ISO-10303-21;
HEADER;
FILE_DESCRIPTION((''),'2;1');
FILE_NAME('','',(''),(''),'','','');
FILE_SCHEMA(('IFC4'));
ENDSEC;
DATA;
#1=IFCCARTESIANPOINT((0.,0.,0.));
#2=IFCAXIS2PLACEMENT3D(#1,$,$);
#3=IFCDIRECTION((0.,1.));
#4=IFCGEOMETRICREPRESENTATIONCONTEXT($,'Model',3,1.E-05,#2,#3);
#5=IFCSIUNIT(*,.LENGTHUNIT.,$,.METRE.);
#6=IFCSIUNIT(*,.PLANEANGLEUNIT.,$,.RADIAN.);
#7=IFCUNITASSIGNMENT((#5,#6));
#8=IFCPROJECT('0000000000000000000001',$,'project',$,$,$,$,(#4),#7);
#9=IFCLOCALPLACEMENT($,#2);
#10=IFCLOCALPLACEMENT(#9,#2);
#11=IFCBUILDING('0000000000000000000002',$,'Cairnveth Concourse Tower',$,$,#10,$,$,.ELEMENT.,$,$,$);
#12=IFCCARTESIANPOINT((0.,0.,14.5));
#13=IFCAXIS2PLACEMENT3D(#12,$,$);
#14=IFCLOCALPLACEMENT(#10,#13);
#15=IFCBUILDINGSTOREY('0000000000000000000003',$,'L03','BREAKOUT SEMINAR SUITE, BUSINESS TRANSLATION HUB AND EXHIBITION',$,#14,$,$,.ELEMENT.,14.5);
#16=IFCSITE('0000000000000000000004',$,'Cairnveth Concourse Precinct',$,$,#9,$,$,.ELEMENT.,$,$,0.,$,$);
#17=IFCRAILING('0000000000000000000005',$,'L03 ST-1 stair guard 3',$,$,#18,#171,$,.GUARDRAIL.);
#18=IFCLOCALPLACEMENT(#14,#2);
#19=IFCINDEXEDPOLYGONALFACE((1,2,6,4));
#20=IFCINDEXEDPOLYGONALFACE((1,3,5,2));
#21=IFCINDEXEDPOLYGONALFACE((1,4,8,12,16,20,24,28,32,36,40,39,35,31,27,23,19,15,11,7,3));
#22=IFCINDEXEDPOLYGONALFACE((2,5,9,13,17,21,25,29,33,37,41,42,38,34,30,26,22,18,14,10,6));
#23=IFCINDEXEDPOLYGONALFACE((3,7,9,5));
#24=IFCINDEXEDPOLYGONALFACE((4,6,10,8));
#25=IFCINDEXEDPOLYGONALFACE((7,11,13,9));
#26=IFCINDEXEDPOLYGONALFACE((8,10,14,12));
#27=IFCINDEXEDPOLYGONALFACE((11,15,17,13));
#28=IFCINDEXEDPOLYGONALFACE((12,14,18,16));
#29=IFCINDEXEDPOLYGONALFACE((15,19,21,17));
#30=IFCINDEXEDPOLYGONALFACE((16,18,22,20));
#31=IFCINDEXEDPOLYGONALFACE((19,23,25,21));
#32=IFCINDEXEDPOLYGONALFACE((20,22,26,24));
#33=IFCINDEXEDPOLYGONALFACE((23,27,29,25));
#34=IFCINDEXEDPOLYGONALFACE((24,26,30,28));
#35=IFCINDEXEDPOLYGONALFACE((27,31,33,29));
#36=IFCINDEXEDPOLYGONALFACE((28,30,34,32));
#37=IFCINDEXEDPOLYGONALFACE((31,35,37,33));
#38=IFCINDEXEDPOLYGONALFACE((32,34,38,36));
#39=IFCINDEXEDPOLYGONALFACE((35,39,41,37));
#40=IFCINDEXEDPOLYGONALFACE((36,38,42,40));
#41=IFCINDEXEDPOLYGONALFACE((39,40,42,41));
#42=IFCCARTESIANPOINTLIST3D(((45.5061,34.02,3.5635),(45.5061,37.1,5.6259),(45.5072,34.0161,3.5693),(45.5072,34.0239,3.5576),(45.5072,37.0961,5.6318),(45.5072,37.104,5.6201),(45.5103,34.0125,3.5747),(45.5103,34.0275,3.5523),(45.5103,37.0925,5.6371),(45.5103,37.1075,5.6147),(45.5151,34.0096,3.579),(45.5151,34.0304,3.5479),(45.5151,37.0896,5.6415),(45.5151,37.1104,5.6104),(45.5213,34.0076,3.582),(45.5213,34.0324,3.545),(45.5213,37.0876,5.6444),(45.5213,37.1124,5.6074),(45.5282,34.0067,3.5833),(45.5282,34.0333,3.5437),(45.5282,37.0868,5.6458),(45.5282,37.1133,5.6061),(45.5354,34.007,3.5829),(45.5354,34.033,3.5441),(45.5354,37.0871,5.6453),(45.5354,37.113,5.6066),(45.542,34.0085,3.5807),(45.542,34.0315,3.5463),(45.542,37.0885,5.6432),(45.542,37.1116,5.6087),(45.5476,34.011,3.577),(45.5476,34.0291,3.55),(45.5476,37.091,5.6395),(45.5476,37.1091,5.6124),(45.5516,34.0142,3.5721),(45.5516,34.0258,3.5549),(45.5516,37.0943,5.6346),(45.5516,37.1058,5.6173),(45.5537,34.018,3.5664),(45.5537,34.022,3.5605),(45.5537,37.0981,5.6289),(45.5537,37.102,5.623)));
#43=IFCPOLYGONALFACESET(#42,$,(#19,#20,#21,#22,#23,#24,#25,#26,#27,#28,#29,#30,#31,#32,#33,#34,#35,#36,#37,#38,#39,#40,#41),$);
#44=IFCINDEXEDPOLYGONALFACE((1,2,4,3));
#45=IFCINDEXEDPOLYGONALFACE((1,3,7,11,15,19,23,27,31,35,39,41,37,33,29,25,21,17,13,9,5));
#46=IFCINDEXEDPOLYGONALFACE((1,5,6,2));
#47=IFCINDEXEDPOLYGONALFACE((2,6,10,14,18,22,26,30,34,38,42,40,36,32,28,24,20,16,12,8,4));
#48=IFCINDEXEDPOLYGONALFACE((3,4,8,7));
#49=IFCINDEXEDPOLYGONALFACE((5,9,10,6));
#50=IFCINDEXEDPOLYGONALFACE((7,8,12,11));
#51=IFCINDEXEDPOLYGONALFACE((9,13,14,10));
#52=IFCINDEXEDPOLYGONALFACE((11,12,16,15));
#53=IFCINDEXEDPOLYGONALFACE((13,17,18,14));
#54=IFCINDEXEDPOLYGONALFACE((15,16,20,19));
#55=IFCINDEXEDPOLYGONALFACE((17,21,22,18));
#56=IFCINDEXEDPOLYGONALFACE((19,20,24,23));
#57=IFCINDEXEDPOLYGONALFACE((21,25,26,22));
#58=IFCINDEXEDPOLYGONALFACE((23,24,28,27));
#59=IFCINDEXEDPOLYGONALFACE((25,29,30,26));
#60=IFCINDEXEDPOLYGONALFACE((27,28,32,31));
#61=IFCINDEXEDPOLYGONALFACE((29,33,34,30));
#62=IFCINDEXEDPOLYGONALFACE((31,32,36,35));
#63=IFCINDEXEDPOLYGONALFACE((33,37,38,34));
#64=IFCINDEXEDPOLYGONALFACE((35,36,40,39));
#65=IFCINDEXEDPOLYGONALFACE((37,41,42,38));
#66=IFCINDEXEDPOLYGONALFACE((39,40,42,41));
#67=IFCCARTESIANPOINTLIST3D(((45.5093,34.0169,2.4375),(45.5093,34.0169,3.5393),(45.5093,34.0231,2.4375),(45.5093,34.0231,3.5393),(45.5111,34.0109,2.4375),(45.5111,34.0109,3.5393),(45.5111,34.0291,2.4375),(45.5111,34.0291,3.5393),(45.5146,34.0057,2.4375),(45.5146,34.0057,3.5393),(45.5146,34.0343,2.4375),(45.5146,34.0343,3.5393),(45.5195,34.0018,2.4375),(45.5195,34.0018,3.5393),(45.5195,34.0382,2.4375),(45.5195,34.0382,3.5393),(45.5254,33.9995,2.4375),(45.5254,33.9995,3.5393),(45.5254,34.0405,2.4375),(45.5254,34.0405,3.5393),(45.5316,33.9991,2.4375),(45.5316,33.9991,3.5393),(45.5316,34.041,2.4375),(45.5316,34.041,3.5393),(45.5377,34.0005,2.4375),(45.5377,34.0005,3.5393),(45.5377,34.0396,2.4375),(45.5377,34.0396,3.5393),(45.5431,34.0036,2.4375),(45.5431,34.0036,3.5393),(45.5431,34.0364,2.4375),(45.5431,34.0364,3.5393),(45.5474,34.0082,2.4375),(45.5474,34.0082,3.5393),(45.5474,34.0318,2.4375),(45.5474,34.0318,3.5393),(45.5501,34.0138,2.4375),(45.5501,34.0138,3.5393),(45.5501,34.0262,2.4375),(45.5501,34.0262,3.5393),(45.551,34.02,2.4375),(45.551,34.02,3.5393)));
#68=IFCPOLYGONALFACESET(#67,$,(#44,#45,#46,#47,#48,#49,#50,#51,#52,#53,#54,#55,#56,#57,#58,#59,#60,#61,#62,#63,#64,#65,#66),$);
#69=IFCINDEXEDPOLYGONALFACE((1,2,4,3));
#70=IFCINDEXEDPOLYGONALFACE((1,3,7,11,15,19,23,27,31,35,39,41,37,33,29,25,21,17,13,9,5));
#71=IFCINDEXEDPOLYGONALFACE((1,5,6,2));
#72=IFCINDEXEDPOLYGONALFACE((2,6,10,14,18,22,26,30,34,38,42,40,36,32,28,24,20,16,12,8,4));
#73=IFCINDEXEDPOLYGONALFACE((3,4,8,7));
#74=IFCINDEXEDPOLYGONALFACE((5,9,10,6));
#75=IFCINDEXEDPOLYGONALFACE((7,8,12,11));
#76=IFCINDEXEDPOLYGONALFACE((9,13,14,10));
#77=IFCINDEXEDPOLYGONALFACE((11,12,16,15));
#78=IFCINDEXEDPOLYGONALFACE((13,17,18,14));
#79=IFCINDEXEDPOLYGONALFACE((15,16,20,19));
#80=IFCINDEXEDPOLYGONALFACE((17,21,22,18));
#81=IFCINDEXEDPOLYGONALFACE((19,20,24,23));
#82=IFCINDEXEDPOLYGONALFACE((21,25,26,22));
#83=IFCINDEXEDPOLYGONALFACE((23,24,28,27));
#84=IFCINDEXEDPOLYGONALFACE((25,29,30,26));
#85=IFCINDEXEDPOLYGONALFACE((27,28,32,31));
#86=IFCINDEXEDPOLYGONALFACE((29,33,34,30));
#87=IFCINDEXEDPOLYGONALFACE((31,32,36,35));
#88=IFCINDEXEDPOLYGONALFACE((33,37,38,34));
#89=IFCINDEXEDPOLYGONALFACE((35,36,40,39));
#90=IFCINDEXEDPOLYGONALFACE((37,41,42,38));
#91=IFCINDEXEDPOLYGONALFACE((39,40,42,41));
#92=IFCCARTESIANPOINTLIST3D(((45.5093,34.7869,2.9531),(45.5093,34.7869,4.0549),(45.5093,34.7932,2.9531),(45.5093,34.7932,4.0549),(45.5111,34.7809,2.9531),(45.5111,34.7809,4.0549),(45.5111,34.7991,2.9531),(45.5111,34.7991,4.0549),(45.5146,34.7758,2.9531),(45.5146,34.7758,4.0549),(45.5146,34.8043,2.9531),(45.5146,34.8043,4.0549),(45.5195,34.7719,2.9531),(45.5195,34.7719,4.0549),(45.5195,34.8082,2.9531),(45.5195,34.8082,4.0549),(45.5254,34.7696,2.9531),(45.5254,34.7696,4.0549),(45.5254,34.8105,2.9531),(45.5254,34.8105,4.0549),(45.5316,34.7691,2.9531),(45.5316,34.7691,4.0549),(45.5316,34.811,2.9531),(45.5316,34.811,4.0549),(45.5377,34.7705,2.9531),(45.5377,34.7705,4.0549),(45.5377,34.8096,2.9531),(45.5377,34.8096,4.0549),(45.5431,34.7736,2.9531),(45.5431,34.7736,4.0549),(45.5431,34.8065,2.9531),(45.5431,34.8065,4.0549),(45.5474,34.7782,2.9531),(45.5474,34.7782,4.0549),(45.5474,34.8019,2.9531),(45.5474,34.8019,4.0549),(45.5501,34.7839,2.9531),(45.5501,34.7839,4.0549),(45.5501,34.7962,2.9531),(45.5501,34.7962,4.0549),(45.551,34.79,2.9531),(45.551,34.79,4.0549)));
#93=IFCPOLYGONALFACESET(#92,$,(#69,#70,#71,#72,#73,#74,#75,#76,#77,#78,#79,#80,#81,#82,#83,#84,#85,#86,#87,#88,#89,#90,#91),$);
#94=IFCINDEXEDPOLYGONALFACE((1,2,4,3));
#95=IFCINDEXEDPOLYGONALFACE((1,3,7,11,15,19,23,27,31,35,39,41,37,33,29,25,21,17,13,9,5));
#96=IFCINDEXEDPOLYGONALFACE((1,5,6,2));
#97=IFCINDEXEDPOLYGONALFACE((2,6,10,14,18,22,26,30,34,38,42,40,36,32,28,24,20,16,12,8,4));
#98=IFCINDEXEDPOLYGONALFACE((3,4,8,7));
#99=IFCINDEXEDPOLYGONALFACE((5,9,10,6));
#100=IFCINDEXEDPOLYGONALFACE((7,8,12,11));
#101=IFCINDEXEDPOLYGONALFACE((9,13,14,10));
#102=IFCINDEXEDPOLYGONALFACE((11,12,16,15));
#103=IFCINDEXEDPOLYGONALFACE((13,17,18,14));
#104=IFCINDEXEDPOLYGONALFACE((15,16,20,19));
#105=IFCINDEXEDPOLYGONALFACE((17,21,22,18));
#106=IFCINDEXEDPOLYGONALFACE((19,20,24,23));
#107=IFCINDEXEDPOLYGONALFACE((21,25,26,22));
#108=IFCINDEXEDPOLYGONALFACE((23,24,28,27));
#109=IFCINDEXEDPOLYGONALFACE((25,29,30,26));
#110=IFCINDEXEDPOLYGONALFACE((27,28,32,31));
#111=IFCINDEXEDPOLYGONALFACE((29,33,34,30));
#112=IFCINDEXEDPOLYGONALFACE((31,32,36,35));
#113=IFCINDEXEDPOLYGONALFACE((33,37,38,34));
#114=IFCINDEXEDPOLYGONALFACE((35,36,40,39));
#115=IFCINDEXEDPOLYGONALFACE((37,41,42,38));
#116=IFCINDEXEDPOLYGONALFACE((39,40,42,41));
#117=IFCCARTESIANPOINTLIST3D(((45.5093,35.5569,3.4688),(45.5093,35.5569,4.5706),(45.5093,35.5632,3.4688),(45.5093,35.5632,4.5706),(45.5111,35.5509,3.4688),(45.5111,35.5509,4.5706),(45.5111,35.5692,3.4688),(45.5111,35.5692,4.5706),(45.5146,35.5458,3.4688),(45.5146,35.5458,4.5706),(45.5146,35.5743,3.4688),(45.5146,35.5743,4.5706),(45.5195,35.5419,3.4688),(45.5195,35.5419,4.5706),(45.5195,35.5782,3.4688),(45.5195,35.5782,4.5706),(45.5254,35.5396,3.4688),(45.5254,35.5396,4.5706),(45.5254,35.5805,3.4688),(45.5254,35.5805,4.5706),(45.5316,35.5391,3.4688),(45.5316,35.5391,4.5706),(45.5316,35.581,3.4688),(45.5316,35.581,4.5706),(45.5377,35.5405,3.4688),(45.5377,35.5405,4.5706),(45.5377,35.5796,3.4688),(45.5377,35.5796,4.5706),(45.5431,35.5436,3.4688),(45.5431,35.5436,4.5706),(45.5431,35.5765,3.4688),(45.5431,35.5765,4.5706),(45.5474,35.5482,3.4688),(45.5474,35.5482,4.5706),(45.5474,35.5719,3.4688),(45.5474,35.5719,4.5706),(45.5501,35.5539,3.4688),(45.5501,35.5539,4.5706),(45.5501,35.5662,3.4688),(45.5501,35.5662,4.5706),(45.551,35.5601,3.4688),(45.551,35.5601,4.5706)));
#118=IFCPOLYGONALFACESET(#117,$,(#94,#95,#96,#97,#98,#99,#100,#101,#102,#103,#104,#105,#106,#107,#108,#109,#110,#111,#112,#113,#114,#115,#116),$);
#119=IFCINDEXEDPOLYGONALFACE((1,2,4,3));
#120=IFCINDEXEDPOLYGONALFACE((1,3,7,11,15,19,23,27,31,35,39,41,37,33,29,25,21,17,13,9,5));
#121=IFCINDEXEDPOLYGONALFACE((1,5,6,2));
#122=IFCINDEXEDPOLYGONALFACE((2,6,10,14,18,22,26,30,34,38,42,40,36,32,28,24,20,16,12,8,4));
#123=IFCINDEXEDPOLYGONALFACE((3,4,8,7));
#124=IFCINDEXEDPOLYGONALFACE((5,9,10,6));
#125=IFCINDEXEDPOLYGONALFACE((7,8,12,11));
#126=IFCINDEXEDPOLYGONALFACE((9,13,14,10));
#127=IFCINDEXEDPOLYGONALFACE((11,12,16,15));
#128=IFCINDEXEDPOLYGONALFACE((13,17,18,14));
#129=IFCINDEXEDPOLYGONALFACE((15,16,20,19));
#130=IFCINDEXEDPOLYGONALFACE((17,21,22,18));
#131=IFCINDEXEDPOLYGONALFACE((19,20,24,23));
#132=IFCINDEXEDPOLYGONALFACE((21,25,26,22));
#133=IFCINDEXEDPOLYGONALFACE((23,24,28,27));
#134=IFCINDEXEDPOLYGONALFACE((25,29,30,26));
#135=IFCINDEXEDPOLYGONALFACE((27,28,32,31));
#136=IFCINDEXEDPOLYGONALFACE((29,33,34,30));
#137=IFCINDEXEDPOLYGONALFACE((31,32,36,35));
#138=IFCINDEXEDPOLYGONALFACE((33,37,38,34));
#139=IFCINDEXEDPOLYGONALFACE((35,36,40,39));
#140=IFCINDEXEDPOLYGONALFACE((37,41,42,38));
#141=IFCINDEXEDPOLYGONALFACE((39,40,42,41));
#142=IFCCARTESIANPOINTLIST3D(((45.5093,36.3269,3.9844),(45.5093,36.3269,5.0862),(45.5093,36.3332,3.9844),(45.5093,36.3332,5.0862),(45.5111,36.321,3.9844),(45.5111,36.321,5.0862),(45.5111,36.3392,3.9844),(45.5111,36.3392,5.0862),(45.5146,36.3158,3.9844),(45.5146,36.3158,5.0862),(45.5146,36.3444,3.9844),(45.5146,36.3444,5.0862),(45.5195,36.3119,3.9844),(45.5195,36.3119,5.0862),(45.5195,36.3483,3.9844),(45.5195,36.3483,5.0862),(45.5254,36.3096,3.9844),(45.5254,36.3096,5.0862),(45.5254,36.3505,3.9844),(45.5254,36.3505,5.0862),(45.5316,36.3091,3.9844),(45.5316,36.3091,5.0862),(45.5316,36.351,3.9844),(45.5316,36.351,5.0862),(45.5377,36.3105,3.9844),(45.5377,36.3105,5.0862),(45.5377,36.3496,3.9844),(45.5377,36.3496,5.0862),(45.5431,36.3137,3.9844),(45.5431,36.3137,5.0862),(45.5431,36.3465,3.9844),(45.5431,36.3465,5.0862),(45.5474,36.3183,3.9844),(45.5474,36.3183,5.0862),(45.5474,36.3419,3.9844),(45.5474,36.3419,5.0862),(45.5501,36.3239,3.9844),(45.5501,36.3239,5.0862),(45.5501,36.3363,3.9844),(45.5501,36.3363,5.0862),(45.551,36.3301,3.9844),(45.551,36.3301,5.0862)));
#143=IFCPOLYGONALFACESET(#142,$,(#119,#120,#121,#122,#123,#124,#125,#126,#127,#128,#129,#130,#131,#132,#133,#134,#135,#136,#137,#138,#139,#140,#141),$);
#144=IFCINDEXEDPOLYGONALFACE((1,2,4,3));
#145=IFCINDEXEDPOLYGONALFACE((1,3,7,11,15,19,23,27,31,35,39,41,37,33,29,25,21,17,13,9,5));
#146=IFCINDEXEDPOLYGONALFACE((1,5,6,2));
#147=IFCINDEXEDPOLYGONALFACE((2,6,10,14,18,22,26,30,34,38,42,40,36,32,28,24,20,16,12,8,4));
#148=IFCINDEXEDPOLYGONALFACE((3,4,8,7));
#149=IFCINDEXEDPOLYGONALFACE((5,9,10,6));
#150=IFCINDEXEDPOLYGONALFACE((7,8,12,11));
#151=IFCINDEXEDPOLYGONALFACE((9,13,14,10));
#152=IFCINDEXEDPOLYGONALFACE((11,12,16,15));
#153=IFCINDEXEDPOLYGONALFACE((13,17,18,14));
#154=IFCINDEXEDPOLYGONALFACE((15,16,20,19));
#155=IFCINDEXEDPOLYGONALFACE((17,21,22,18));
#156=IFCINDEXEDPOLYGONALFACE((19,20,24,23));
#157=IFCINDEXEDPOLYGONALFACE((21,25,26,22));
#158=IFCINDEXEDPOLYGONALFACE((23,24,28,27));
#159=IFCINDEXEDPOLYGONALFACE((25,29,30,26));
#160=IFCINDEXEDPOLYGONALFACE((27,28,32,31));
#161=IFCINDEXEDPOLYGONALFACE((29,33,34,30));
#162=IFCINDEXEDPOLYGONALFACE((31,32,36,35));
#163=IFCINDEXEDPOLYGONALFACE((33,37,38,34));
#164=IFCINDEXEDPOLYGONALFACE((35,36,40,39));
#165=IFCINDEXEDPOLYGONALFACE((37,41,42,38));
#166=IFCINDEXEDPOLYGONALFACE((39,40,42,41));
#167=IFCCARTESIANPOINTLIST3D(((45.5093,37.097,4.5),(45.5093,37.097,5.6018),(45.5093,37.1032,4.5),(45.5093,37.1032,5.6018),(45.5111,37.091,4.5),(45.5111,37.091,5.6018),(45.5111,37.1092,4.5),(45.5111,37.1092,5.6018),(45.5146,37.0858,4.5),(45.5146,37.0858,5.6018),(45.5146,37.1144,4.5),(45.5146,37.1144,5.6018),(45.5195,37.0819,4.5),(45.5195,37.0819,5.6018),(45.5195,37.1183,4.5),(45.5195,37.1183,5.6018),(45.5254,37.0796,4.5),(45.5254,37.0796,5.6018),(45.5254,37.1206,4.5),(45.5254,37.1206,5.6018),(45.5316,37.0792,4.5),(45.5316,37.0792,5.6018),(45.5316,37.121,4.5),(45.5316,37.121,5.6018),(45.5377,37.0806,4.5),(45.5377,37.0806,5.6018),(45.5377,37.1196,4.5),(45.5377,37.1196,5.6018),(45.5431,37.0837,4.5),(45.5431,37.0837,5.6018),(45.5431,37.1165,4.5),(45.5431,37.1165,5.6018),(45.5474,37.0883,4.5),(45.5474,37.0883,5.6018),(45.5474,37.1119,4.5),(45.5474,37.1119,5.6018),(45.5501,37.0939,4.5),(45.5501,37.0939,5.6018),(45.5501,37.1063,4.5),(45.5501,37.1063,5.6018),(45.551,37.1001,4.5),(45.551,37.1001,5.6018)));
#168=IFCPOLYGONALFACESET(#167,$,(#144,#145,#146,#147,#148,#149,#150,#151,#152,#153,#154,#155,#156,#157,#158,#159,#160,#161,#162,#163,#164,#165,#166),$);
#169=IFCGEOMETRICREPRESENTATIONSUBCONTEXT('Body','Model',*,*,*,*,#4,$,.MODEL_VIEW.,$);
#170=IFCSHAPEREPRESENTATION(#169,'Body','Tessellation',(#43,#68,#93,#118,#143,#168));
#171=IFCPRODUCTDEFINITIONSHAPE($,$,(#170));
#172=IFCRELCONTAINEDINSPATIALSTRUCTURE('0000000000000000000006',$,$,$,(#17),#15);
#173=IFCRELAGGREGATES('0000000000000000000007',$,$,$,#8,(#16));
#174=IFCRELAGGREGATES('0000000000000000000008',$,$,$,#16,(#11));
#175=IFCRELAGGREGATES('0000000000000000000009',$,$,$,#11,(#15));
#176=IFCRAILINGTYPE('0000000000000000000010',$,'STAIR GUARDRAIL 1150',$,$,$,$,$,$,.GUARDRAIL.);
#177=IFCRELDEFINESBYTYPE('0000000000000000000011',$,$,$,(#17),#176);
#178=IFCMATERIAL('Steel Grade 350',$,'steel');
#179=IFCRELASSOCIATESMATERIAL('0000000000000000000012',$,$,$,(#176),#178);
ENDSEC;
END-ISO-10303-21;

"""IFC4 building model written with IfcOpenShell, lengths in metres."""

from ifc_helpers import new_model, si_unit, direction, frame, origin, origin_2d, place, context, subcontext, project, spatial, circle, extrude, material, type_object, element, save


model = new_model("IFC4")

# Units and contexts
model_context = context("Model", 3, precision=1e-05, world=origin(), true_north=direction((0.0, 1.0)))
body_context = subcontext(model_context, "Body", "Model", "MODEL_VIEW")
ifc_project = project(units=[si_unit("LENGTHUNIT", "METRE"), si_unit("PLANEANGLEUNIT", "RADIAN")], contexts=[model_context])

# Site, building, storey
site_placement = place(None, origin())
site = spatial("IfcSite", under=ifc_project, at=site_placement, Name="Cairnveth Concourse Precinct", CompositionType="ELEMENT", RefElevation=0.0)
building_placement = place(site_placement, origin())
building = spatial("IfcBuilding", under=site, at=building_placement, Name="Cairnveth Concourse Tower", CompositionType="ELEMENT")
storey_placement = place(building_placement, frame((0.0, 0.0, 14.5)))
storey = spatial("IfcBuildingStorey", under=building, at=storey_placement, Name="L03", Description="BREAKOUT SEMINAR SUITE, BUSINESS TRANSLATION HUB AND EXHIBITION", CompositionType="ELEMENT", Elevation=14.5)

# Shared definitions
ifc_material_1 = material(Name="Steel Grade 350", Category="steel")

# Railing
railing_type_1 = type_object("IfcRailingType", Name="STAIR GUARDRAIL 1150", PredefinedType="GUARDRAIL", material=ifc_material_1)
railing_1_placement = place(storey_placement, frame((45.53, 34.02, 2.4375)))
element("IfcRailing", 1, at=railing_1_placement, inside=storey, type_object=railing_type_1, Name="L03 ST-1 stair guard 3", PredefinedType="GUARDRAIL", context=body_context, shape_type="SweptSolid", body=[
    extrude(circle(Radius=0.0239, at=origin_2d()), frame((0.0, 0.0, 1.126), z_axis=(0.0, 0.830914, 0.556401), x_axis=(-1.0, 0.0, 0.0)), (0.0, 0.0, 1.0), 3.7068),
    extrude(circle(Radius=0.021, at=origin_2d()), origin(), (0.0, 0.0, 1.0), 1.1018),
    extrude(circle(Radius=0.021, at=origin_2d()), frame((0.0, 0.77, 0.5156)), (0.0, 0.0, 1.0), 1.1018),
    extrude(circle(Radius=0.021, at=origin_2d()), frame((0.0, 1.54, 1.0312)), (0.0, 0.0, 1.0), 1.1018),
    extrude(circle(Radius=0.021, at=origin_2d()), frame((0.0, 2.3101, 1.5469)), (0.0, 0.0, 1.0), 1.1018),
    extrude(circle(Radius=0.021, at=origin_2d()), frame((0.0, 3.0801, 2.0625)), (0.0, 0.0, 1.0), 1.1018),
])

save(model, "model.ifc")
